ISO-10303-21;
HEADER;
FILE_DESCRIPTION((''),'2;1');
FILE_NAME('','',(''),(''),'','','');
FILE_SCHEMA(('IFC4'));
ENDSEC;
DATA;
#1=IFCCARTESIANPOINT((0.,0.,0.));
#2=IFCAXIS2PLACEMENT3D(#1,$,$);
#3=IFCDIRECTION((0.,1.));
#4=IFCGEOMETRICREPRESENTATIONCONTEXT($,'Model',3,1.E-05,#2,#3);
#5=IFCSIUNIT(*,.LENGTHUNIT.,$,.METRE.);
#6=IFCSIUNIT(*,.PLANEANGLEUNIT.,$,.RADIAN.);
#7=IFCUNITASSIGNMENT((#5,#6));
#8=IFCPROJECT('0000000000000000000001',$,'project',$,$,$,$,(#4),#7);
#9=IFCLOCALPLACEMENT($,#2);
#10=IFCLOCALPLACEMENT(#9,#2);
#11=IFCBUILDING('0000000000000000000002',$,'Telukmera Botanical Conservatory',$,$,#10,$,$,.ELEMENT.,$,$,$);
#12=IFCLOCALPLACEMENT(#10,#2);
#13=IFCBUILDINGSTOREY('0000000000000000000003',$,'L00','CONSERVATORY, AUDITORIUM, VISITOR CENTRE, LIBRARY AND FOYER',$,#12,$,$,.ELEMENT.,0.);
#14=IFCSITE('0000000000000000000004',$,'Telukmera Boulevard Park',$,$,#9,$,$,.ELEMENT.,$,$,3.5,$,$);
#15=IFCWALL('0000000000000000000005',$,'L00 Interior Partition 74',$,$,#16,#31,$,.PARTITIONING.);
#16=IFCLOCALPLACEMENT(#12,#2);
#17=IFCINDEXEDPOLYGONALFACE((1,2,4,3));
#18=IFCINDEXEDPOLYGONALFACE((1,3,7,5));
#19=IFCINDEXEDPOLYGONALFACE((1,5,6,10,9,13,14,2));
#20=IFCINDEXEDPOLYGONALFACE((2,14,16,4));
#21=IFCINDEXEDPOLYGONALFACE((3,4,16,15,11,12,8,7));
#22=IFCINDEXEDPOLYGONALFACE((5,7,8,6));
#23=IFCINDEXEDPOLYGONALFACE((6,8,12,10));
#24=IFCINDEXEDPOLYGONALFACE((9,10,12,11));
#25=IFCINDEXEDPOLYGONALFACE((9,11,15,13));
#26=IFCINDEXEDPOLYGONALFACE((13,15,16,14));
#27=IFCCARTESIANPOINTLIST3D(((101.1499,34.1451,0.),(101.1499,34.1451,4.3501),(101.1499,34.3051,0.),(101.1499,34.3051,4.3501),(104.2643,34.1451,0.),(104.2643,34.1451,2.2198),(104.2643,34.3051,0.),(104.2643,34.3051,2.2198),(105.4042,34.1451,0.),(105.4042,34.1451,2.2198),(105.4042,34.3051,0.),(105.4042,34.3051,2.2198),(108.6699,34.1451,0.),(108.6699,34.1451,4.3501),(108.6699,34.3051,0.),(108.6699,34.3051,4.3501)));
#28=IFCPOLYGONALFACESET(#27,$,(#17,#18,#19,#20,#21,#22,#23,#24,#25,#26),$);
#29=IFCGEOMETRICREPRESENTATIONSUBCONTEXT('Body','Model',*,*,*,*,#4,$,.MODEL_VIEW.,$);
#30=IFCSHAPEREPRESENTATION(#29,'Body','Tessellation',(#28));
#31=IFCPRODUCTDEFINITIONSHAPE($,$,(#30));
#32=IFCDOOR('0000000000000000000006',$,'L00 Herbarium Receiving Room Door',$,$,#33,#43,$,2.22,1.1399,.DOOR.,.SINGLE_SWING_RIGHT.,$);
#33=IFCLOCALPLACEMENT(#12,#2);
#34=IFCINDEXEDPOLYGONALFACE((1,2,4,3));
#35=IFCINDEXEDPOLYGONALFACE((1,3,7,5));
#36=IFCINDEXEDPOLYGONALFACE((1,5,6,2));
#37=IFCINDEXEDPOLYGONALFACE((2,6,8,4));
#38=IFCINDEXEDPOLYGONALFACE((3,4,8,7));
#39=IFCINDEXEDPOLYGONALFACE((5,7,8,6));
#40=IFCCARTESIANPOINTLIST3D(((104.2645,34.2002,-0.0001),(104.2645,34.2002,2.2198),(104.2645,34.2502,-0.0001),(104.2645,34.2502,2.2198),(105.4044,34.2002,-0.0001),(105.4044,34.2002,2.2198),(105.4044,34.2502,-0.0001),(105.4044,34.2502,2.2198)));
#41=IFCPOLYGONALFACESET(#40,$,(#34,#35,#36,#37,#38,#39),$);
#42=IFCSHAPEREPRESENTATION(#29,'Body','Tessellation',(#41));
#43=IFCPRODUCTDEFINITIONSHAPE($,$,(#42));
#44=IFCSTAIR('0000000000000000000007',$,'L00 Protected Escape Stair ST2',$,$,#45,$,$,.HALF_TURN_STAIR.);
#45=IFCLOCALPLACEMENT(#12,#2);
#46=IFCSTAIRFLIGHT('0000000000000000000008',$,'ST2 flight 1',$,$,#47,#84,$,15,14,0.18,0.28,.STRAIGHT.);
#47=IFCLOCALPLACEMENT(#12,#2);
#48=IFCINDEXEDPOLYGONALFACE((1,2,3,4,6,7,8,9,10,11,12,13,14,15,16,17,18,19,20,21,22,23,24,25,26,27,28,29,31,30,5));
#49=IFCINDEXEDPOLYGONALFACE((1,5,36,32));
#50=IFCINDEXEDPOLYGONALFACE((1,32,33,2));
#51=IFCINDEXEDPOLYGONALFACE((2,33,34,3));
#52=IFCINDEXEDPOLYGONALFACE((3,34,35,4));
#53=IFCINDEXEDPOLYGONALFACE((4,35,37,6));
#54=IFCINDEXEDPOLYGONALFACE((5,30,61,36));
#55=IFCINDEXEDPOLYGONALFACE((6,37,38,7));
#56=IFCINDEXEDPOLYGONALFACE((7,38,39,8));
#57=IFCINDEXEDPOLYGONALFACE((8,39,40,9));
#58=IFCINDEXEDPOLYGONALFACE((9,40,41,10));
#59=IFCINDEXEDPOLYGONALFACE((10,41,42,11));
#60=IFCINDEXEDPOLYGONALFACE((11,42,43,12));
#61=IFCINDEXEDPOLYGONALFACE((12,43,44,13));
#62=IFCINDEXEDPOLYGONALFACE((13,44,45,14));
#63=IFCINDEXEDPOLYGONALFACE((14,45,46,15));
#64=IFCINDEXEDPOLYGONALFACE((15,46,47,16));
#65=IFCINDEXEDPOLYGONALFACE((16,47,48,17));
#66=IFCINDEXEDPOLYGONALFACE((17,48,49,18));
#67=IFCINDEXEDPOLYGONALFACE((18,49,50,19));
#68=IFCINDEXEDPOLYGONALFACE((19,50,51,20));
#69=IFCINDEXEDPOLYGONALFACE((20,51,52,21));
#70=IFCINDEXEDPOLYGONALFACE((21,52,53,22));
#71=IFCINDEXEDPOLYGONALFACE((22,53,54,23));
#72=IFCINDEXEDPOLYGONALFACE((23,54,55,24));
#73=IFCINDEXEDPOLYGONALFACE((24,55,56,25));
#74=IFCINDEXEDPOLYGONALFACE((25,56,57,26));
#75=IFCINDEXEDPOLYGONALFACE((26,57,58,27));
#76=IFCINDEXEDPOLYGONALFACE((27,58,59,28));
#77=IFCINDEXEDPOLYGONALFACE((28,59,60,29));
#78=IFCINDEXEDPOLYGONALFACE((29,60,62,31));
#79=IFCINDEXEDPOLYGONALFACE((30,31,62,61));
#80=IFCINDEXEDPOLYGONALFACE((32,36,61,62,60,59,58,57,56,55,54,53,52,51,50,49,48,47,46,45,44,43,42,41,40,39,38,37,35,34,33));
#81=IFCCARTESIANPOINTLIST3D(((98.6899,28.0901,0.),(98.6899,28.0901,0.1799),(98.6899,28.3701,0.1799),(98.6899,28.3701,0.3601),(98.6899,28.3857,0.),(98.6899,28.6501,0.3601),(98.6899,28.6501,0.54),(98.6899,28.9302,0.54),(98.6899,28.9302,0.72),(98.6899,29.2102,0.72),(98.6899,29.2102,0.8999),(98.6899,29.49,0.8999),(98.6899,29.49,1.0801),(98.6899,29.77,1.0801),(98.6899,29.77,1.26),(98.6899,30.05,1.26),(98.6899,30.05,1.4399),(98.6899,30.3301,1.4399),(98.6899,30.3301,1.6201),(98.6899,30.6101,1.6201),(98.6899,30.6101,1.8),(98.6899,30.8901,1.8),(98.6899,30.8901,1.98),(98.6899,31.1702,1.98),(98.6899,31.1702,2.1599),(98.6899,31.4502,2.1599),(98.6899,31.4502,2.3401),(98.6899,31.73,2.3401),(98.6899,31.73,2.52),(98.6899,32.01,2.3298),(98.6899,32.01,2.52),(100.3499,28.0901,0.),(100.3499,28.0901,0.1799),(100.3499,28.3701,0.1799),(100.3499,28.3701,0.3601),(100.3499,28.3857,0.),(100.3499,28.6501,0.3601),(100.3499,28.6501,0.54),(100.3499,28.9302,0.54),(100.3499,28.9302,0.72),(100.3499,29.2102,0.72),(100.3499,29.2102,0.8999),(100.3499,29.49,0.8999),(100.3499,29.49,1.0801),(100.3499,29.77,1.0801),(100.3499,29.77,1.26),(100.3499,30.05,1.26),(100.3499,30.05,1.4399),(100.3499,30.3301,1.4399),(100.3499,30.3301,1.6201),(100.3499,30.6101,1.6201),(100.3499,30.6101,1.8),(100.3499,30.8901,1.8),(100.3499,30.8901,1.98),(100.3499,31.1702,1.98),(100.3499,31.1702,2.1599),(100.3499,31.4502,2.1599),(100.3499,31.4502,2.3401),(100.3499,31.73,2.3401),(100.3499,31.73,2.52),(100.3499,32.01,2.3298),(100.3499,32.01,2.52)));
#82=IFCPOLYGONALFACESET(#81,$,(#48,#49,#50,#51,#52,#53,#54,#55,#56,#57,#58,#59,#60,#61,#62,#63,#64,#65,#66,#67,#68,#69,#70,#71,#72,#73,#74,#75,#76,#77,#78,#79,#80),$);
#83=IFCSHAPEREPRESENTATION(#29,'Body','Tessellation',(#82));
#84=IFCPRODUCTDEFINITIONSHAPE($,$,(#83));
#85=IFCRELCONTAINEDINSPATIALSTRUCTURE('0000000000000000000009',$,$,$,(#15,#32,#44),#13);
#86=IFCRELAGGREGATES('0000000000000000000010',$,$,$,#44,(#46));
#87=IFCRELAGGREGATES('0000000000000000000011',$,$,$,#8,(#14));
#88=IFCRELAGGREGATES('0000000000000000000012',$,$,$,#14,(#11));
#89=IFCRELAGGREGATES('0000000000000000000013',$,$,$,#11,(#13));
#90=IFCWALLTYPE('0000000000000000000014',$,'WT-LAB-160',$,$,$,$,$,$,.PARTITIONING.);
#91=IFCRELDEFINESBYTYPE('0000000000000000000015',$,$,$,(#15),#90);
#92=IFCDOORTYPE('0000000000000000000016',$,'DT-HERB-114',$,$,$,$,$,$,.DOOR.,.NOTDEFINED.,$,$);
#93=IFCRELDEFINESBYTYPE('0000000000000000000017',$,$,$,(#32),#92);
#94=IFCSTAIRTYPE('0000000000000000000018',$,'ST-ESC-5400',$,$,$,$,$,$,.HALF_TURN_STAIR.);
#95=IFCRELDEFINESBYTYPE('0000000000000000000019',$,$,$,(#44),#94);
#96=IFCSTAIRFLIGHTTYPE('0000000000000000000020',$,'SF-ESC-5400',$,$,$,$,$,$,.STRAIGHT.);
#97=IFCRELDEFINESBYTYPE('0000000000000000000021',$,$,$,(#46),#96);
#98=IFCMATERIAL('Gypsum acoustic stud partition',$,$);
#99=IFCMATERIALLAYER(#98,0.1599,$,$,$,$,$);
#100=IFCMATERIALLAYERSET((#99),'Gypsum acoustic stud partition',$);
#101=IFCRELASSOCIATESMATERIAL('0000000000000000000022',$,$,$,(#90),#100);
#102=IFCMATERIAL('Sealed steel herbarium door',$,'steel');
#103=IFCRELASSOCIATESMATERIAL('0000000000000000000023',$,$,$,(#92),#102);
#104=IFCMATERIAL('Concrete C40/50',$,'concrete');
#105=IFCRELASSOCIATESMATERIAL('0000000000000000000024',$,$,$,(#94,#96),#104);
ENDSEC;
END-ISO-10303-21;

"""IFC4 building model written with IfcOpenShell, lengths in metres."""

from ifc_helpers import new_model, si_unit, direction, frame, frame_2d, origin, place, context, subcontext, project, spatial, polyline, rectangle, outline, extrude, material, layer, layer_set, type_object, element, fill, aggregate, save


model = new_model("IFC4")

# Units and contexts
model_context = context("Model", 3, precision=1e-05, world=origin(), true_north=direction((0.0, 1.0)))
body_context = subcontext(model_context, "Body", "Model", "MODEL_VIEW")
ifc_project = project(units=[si_unit("LENGTHUNIT", "METRE"), si_unit("PLANEANGLEUNIT", "RADIAN")], contexts=[model_context])

# Site, building, storey
site_placement = place(None, origin())
site = spatial("IfcSite", under=ifc_project, at=site_placement, Name="Telukmera Boulevard Park", CompositionType="ELEMENT", RefElevation=3.5)
building_placement = place(site_placement, origin())
building = spatial("IfcBuilding", under=site, at=building_placement, Name="Telukmera Botanical Conservatory", CompositionType="ELEMENT")
storey_placement = place(building_placement, origin())
storey = spatial("IfcBuildingStorey", under=building, at=storey_placement, Name="L00", Description="CONSERVATORY, AUDITORIUM, VISITOR CENTRE, LIBRARY AND FOYER", CompositionType="ELEMENT", Elevation=0.0)

# Shared definitions
ifc_material_1 = material(Name="Concrete C40/50", Category="concrete")

# Wall, opening, door
ifc_material_2 = material(Name="Gypsum acoustic stud partition")
ifc_layer_1 = layer(ifc_material_2, 0.1599)
ifc_layer_set_1 = layer_set([ifc_layer_1], Name="Gypsum acoustic stud partition")
wall_type = type_object("IfcWallType", Name="WT-LAB-160", PredefinedType="PARTITIONING", material=ifc_layer_set_1)
wall_placement = place(storey_placement, frame((101.1499, 34.2251, 0.0), z_axis=(0.0, 0.0, 1.0), x_axis=(1.0, 0.0, 0.0)))
wall = element("IfcWall", 1, at=wall_placement, inside=storey, type_object=wall_type, Name="L00 Interior Partition 74", PredefinedType="PARTITIONING", context=body_context, shape_type="SweptSolid", body=[
    extrude(rectangle(XDim=7.52, YDim=0.1599, at=frame_2d((3.76, 0.0))), origin(), (0.0, 0.0, 1.0), 4.3501),
])
opening_placement = place(wall_placement, frame((3.1145, 0.0, 0.0)))
opening = element("IfcOpeningElement", 2, at=opening_placement, cuts=wall, PredefinedType="OPENING", context=body_context, shape_type="SweptSolid", body=[
    extrude(rectangle(XDim=1.1399, YDim=2.22, at=frame_2d((0.5698, 1.1099))), frame((0.0, 0.0898, 0.0), z_axis=(0.0, -1.0, 0.0), x_axis=(1.0, 0.0, 0.0)), (0.0, 0.0, 1.0), 0.1799),
])
ifc_material_3 = material(Name="Sealed steel herbarium door", Category="steel")
door_type = type_object("IfcDoorType", Name="DT-HERB-114", OperationType="NOTDEFINED", PredefinedType="DOOR", material=ifc_material_3)
door_placement = place(opening_placement, frame((1.1399, 0.0, 0.0), z_axis=(0.0, 0.0, 1.0), x_axis=(-1.0, 0.0, 0.0)))
door = element("IfcDoor", 3, at=door_placement, inside=storey, type_object=door_type, Name="L00 Herbarium Receiving Room Door", OperationType="SINGLE_SWING_RIGHT", OverallHeight=2.22, OverallWidth=1.1399, PredefinedType="DOOR", context=body_context, shape_type="SweptSolid", body=[
    extrude(rectangle(XDim=1.1399, YDim=2.22, at=frame_2d((0.5698, 1.1099))), frame((0.0, 0.0249, 0.0), z_axis=(0.0, -1.0, 0.0), x_axis=(1.0, 0.0, 0.0)), (0.0, 0.0, 1.0), 0.05),
])
fill(opening, door)

# Stair, stair flight
stair_type = type_object("IfcStairType", Name="ST-ESC-5400", PredefinedType="HALF_TURN_STAIR", material=ifc_material_1)
stair_placement = place(storey_placement, origin())
stair = element("IfcStair", 4, at=stair_placement, inside=storey, type_object=stair_type, Name="L00 Protected Escape Stair ST2", PredefinedType="HALF_TURN_STAIR")
stair_flight_type = type_object("IfcStairFlightType", Name="SF-ESC-5400", PredefinedType="STRAIGHT", material=ifc_material_1)
stair_flight_placement = place(storey_placement, frame((99.52, 28.0901, 0.0), z_axis=(0.0, 0.0, 1.0), x_axis=(0.0, 1.0, 0.0)))
stair_flight = element("IfcStairFlight", 5, at=stair_flight_placement, type_object=stair_flight_type, Name="ST2 flight 1", NumberOfRisers=15, NumberOfTreads=14, PredefinedType="STRAIGHT", RiserHeight=0.18, TreadLength=0.28, context=body_context, shape_type="SweptSolid", body=[
    extrude(outline(polyline([(0.0, 0.0), (0.0, 0.1799), (0.28, 0.1799), (0.28, 0.3601), (0.5601, 0.3601), (0.5601, 0.54), (0.8401, 0.54), (0.8401, 0.72), (1.1201, 0.72), (1.1201, 0.8999), (1.3999, 0.8999), (1.3999, 1.0801), (1.6799, 1.0801), (1.6799, 1.26), (1.96, 1.26), (1.96, 1.4399), (2.24, 1.4399), (2.24, 1.6201), (2.52, 1.6201), (2.52, 1.8), (2.8, 1.8), (2.8, 1.98), (3.0801, 1.98), (3.0801, 2.1599), (3.3601, 2.1599), (3.3601, 2.3401), (3.6399, 2.3401), (3.6399, 2.52), (3.9199, 2.52), (3.9199, 2.7), (3.9199, 2.3298), (0.2957, 0.0), (0.0, 0.0)])), frame((0.0, 0.8301, 0.0), z_axis=(0.0, -1.0, 0.0), x_axis=(1.0, 0.0, 0.0)), (0.0, 0.0, 1.0), 1.6599),
])
aggregate(stair, [stair_flight])

save(model, "model.ifc")
